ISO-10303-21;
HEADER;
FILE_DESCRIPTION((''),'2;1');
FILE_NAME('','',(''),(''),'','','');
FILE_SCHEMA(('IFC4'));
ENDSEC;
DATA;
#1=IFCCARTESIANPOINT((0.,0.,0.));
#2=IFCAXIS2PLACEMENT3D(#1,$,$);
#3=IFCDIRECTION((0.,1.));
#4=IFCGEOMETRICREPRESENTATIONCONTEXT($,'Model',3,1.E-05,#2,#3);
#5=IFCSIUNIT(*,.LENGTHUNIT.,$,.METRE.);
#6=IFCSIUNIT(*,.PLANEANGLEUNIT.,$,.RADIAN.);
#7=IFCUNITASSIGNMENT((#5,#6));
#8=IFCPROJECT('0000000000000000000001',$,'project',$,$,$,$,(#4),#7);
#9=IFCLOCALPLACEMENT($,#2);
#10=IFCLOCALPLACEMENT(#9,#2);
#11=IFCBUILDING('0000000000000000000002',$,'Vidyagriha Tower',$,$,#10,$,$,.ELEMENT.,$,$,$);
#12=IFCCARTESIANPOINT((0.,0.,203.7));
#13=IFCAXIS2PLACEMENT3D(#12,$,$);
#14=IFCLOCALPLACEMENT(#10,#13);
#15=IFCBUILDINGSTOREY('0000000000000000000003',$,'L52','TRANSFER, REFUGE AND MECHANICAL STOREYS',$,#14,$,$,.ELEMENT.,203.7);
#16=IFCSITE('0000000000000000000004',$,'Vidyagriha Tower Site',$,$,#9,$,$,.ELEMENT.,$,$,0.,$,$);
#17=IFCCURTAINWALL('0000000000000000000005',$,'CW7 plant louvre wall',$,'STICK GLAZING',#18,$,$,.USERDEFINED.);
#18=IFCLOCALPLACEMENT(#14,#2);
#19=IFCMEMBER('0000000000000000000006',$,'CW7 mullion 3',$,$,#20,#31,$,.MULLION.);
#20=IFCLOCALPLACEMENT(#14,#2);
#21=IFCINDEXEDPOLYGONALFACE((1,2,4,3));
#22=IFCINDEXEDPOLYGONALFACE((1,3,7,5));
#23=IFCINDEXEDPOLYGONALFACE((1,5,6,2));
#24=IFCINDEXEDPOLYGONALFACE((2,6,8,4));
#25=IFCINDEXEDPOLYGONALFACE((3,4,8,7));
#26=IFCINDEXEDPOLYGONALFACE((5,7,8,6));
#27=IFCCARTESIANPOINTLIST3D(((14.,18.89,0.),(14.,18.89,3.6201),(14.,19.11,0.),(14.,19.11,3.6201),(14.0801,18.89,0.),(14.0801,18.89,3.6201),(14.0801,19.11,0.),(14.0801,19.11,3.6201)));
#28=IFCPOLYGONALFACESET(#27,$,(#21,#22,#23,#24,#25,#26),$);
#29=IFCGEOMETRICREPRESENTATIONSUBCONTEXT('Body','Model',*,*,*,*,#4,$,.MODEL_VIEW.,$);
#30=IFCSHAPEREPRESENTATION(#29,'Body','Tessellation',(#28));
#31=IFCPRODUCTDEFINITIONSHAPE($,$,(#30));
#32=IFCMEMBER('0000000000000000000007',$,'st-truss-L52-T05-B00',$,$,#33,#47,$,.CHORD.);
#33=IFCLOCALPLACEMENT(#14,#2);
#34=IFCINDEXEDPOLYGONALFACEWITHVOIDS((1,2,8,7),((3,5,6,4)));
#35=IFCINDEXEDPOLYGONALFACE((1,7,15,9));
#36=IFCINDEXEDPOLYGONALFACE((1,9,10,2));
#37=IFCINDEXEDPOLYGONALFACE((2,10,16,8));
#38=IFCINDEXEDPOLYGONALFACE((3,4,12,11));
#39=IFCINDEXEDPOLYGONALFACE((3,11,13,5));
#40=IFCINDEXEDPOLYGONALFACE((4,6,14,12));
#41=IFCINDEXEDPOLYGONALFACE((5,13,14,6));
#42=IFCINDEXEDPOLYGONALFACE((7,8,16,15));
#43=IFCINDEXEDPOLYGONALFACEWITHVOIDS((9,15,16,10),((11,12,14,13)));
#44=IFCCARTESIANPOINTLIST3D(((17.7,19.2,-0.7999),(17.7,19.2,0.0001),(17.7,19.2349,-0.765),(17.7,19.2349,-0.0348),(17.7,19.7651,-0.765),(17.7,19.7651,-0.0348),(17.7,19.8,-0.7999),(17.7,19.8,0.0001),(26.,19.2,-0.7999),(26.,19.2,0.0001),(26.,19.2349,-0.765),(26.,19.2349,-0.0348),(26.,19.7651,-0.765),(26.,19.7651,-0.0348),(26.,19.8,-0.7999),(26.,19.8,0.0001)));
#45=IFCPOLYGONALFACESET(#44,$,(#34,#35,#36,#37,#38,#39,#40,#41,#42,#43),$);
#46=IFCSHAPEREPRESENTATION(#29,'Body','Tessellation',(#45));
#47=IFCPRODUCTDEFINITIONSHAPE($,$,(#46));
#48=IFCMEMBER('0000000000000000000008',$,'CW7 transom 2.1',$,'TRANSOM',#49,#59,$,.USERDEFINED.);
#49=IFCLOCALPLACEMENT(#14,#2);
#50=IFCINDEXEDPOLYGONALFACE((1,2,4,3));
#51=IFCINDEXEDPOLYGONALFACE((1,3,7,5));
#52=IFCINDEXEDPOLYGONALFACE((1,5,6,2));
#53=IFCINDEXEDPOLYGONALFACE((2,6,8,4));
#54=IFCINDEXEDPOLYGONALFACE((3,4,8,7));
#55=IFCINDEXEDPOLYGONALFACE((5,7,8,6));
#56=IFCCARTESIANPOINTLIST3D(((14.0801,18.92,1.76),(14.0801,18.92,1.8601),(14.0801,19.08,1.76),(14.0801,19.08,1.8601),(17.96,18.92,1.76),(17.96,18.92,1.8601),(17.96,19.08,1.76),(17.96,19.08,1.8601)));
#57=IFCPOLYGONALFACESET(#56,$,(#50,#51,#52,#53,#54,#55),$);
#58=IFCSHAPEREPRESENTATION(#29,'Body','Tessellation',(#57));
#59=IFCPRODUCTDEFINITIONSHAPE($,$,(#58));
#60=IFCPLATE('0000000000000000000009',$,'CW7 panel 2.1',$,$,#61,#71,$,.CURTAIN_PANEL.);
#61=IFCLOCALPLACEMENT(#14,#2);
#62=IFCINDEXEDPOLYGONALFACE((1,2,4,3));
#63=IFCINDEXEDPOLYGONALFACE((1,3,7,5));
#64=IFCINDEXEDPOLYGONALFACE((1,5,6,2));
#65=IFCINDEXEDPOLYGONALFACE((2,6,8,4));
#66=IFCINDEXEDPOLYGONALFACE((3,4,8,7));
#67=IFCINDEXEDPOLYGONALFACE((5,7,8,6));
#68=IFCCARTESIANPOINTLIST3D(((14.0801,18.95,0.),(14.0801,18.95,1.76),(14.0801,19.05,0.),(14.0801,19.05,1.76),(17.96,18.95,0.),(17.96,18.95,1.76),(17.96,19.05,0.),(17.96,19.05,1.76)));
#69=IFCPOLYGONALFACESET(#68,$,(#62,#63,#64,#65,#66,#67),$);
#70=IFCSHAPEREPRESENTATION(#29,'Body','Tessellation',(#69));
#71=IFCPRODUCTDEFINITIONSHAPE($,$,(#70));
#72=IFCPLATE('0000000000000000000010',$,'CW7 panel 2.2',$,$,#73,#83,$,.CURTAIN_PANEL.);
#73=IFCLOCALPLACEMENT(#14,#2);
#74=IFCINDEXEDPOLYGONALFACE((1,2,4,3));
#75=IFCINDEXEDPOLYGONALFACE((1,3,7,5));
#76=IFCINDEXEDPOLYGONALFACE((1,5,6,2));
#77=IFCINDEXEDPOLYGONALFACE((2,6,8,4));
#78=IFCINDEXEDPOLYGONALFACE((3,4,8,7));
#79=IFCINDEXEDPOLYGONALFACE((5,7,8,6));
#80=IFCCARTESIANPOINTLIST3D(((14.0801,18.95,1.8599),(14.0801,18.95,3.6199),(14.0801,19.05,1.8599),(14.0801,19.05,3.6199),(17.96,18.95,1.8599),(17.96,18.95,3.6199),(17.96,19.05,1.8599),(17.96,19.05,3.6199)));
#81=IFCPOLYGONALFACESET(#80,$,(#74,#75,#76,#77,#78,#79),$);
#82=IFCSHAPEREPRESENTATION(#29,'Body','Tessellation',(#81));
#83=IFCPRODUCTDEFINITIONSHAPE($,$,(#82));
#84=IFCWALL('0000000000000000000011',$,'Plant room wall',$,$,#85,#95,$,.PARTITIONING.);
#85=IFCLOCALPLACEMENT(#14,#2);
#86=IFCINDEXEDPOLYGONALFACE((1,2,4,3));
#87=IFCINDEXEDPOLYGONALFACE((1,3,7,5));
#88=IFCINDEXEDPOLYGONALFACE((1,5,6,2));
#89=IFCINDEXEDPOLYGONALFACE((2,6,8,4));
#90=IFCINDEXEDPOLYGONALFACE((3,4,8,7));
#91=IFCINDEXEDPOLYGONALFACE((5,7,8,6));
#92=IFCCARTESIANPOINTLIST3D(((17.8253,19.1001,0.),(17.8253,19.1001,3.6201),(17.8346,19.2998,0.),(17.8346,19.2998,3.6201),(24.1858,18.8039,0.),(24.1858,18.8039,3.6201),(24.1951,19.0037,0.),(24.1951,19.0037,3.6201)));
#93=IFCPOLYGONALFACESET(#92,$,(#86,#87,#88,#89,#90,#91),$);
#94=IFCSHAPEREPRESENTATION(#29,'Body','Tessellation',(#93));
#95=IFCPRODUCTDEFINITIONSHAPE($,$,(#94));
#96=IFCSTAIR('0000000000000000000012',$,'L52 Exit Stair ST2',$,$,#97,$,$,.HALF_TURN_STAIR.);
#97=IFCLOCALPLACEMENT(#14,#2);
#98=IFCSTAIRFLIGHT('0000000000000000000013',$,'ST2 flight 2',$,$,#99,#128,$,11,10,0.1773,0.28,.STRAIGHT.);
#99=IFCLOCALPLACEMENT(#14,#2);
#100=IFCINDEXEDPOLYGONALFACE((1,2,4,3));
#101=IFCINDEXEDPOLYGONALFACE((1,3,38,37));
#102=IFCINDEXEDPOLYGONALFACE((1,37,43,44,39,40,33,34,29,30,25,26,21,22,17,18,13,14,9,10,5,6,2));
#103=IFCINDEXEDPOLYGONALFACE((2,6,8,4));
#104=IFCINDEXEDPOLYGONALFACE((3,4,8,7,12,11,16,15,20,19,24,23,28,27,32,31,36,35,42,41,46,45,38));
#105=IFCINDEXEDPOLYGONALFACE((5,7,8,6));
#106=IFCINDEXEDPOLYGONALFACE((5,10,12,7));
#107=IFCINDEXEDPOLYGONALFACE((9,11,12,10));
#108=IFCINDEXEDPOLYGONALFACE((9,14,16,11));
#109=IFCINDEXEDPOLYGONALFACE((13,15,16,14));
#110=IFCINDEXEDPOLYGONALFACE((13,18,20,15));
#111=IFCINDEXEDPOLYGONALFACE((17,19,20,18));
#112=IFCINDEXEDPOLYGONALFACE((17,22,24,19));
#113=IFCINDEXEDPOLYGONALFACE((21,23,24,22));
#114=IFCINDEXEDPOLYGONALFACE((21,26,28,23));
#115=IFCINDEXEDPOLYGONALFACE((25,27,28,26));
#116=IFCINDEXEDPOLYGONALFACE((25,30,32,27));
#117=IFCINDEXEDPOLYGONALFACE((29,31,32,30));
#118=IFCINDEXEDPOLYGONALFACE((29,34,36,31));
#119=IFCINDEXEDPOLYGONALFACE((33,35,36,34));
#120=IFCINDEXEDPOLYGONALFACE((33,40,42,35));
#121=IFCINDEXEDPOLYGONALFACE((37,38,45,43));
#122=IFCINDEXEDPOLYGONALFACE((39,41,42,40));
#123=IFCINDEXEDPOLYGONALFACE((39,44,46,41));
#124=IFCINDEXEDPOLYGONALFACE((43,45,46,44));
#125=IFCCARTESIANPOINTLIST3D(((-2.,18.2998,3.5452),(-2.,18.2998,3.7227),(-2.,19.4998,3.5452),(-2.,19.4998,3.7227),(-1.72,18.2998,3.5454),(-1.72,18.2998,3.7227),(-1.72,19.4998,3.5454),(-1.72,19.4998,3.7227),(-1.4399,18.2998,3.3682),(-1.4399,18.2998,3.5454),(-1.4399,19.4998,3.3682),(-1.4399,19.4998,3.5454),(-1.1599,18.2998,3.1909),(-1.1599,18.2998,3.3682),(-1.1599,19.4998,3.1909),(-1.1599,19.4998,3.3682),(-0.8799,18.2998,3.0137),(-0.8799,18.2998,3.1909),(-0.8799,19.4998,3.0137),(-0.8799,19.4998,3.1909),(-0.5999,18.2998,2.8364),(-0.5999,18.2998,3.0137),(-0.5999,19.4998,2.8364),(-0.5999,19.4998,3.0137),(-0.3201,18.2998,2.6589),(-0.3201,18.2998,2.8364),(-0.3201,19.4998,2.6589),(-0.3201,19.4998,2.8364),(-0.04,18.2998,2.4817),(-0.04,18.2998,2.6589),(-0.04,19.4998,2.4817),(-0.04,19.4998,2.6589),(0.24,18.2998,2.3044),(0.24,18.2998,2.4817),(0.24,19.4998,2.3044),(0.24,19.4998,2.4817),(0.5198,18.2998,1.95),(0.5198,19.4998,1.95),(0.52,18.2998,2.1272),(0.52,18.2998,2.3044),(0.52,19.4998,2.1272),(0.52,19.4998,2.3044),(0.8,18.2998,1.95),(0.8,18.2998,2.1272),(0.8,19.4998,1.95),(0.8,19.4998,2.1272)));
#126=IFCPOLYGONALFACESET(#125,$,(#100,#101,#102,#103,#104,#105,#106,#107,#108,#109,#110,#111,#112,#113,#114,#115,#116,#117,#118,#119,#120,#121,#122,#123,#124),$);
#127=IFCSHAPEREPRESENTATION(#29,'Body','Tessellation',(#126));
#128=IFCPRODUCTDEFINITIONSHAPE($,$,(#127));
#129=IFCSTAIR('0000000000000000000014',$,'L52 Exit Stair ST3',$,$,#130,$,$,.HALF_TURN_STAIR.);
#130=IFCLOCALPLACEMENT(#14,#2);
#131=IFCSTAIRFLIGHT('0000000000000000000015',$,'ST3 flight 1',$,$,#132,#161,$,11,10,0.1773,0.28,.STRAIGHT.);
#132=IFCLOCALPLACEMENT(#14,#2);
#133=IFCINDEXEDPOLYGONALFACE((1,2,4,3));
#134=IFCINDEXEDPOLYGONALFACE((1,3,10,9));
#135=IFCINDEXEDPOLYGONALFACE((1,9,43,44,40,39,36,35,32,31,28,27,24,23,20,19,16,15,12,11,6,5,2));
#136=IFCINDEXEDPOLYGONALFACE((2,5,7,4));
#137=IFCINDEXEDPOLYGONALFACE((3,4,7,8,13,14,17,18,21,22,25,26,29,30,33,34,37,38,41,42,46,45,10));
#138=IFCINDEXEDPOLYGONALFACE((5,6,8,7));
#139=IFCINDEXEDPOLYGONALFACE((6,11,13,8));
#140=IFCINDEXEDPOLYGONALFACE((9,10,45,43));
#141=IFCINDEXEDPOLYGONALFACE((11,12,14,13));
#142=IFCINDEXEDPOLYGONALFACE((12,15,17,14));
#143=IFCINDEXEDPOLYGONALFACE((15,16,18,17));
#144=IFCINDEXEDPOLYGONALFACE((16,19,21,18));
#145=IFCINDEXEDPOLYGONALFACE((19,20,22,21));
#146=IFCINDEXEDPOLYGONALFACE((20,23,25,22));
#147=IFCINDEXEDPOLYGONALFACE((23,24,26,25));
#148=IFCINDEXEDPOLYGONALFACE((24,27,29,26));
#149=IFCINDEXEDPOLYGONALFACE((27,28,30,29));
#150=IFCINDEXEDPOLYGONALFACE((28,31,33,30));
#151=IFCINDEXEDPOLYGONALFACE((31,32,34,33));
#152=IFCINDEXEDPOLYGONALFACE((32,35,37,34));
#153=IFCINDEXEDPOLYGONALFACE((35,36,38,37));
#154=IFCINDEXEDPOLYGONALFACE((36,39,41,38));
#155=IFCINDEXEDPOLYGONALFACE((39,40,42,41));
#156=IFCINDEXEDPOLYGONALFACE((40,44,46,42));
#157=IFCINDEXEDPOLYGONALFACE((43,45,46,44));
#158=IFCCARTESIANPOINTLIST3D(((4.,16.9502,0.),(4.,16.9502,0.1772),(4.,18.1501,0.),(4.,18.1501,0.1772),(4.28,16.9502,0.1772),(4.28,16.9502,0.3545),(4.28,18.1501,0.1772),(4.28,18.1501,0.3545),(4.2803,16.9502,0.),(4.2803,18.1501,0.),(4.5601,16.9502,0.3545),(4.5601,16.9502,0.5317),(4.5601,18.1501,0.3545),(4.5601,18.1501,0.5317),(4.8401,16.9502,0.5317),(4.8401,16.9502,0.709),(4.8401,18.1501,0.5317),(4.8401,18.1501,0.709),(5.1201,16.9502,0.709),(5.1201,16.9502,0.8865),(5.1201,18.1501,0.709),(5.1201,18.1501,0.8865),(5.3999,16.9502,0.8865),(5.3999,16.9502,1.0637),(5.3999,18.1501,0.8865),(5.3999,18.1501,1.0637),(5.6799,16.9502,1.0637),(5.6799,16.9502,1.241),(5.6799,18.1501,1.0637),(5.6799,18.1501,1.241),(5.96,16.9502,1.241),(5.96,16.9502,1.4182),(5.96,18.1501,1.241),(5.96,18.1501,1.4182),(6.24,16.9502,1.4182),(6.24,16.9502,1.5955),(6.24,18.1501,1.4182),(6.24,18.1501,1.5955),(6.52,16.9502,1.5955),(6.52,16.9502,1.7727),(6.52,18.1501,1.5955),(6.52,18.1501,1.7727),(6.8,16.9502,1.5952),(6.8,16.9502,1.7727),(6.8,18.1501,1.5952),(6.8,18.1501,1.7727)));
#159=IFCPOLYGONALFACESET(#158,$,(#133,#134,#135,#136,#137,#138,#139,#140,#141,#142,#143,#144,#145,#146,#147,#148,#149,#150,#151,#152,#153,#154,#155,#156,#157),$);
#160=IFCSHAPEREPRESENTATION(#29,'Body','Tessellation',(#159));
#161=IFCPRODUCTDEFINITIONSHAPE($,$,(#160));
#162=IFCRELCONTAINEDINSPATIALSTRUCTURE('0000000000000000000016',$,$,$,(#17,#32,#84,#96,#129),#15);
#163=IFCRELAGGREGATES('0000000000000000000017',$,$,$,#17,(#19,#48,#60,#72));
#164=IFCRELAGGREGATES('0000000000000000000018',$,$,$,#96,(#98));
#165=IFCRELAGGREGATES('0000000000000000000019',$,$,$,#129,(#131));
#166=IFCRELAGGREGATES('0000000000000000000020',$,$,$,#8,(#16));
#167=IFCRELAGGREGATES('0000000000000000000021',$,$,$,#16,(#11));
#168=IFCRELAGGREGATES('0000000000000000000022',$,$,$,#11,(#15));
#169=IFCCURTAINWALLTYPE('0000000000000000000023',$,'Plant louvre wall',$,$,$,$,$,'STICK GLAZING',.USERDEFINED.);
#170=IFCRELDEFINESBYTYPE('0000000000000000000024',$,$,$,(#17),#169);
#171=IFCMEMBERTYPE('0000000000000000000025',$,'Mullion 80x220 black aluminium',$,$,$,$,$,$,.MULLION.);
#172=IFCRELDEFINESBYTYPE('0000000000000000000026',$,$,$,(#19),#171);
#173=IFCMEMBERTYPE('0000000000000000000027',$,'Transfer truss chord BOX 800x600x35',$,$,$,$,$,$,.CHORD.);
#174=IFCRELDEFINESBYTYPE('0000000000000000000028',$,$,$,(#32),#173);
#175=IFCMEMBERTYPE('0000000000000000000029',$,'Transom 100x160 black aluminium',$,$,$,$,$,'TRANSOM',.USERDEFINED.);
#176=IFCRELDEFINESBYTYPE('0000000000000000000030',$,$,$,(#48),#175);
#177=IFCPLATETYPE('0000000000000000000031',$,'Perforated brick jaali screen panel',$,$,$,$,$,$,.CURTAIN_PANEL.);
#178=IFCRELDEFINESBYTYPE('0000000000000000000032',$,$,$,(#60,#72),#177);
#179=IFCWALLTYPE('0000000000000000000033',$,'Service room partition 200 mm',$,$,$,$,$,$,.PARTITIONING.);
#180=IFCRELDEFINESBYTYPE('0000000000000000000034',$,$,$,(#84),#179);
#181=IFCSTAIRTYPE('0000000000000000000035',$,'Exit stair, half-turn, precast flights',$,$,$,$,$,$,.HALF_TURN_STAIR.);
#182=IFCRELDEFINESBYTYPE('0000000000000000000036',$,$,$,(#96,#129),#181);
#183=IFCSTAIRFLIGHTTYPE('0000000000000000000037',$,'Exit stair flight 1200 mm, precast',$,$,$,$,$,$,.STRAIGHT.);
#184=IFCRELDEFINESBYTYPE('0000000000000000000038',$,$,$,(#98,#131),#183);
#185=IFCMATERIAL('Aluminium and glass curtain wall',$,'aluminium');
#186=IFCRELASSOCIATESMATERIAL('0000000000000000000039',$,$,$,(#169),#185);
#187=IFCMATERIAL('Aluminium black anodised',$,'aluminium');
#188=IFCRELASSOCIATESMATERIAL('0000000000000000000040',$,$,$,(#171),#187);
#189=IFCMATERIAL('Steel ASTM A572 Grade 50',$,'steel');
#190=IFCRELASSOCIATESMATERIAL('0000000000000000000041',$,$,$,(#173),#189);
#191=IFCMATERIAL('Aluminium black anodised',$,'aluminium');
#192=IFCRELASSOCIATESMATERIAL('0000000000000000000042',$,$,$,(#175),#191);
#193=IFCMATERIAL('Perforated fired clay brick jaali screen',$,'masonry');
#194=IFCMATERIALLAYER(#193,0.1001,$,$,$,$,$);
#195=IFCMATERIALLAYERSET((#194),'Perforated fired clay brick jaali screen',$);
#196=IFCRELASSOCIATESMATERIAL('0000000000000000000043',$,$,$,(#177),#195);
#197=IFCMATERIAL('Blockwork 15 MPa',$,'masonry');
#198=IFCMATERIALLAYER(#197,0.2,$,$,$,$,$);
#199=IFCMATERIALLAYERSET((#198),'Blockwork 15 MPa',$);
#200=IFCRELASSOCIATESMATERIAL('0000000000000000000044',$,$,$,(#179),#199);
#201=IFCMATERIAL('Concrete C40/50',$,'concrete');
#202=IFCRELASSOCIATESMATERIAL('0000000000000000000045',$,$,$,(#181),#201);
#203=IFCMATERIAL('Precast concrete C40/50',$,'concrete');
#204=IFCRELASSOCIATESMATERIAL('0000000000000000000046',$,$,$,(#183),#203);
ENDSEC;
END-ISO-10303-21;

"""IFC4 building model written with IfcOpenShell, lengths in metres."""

from ifc_helpers import new_model, si_unit, direction, frame, frame_2d, origin, origin_2d, place, context, subcontext, project, spatial, polyline, rectangle, hollow_rectangle, outline, extrude, material, layer, layer_set, material_profile, profile_set, type_object, element, aggregate, save


model = new_model("IFC4")

# Units and contexts
model_context = context("Model", 3, precision=1e-05, world=origin(), true_north=direction((0.0, 1.0)))
body_context = subcontext(model_context, "Body", "Model", "MODEL_VIEW")
ifc_project = project(units=[si_unit("LENGTHUNIT", "METRE"), si_unit("PLANEANGLEUNIT", "RADIAN")], contexts=[model_context])

# Site, building, storey
site_placement = place(None, origin())
site = spatial("IfcSite", under=ifc_project, at=site_placement, Name="Vidyagriha Tower Site", CompositionType="ELEMENT", RefElevation=0.0)
building_placement = place(site_placement, origin())
building = spatial("IfcBuilding", under=site, at=building_placement, Name="Vidyagriha Tower", CompositionType="ELEMENT")
storey_placement = place(building_placement, frame((0.0, 0.0, 203.7)))
storey = spatial("IfcBuildingStorey", under=building, at=storey_placement, Name="L52", Description="TRANSFER, REFUGE AND MECHANICAL STOREYS", CompositionType="ELEMENT", Elevation=203.7)

# Curtain wall, member
ifc_material_1 = material(Name="Aluminium and glass curtain wall", Category="aluminium")
curtain_wall_type = type_object("IfcCurtainWallType", Name="Plant louvre wall", ElementType="STICK GLAZING", PredefinedType="USERDEFINED", material=ifc_material_1)
curtain_wall_placement = place(storey_placement, origin())
curtain_wall = element("IfcCurtainWall", 1, at=curtain_wall_placement, inside=storey, type_object=curtain_wall_type, Name="CW7 plant louvre wall", ObjectType="STICK GLAZING", PredefinedType="USERDEFINED")
ifc_material_2 = material(Name="Aluminium black anodised", Category="aluminium")
ifc_material_profile_1 = material_profile(ifc_material_2, rectangle(XDim=0.22, YDim=0.0801, at=origin_2d()), Name="Mullion 80x220 black aluminium")
ifc_profile_set_1 = profile_set([ifc_material_profile_1], Name="Aluminium black anodised")
member_type_1 = type_object("IfcMemberType", Name="Mullion 80x220 black aluminium", PredefinedType="MULLION", material=ifc_profile_set_1)
member_1_placement = place(storey_placement, frame((14.04, 19.0, 0.0), z_axis=(0.0, 0.0, 1.0), x_axis=(0.0, -1.0, 0.0)))
member_1 = element("IfcMember", 2, at=member_1_placement, type_object=member_type_1, Name="CW7 mullion 3", PredefinedType="MULLION", context=body_context, shape_type="SweptSolid", body=[
    extrude(rectangle(XDim=0.22, YDim=0.0801, at=origin_2d()), origin(), (0.0, 0.0, 1.0), 3.6201),
])

# Members
ifc_material_3 = material(Name="Steel ASTM A572 Grade 50", Category="steel")
ifc_material_profile_2 = material_profile(ifc_material_3, hollow_rectangle(XDim=0.6001, YDim=0.8, WallThickness=0.0349, at=origin_2d()), Name="BOX 800x600x35")
ifc_profile_set_2 = profile_set([ifc_material_profile_2], Name="Steel ASTM A572 Grade 50")
member_type_2 = type_object("IfcMemberType", Name="Transfer truss chord BOX 800x600x35", PredefinedType="CHORD", material=ifc_profile_set_2)
member_2_placement = place(storey_placement, frame((17.7, 19.5, -0.3999), z_axis=(1.0, 0.0, 0.0), x_axis=(0.0, 1.0, 0.0)))
element("IfcMember", 3, at=member_2_placement, inside=storey, type_object=member_type_2, Name="st-truss-L52-T05-B00", PredefinedType="CHORD", context=body_context, shape_type="SweptSolid", body=[
    extrude(hollow_rectangle(XDim=0.6001, YDim=0.8, WallThickness=0.0349, at=origin_2d()), origin(), (0.0, 0.0, 1.0), 8.3),
])
ifc_material_4 = material(Name="Aluminium black anodised", Category="aluminium")
ifc_material_profile_3 = material_profile(ifc_material_4, rectangle(XDim=0.1599, YDim=0.1001, at=origin_2d()), Name="Transom 100x160 black aluminium")
ifc_profile_set_3 = profile_set([ifc_material_profile_3], Name="Aluminium black anodised")
member_type_3 = type_object("IfcMemberType", Name="Transom 100x160 black aluminium", ElementType="TRANSOM", PredefinedType="USERDEFINED", material=ifc_profile_set_3)
member_3_placement = place(storey_placement, frame((17.96, 19.0, 1.8101), z_axis=(-1.0, 0.0, 0.0), x_axis=(0.0, -1.0, 0.0)))
member_3 = element("IfcMember", 4, at=member_3_placement, type_object=member_type_3, Name="CW7 transom 2.1", ObjectType="TRANSOM", PredefinedType="USERDEFINED", context=body_context, shape_type="SweptSolid", body=[
    extrude(rectangle(XDim=0.1599, YDim=0.1001, at=origin_2d()), origin(), (0.0, 0.0, 1.0), 3.8799),
])

# Plates
ifc_material_5 = material(Name="Perforated fired clay brick jaali screen", Category="masonry")
ifc_layer_1 = layer(ifc_material_5, 0.1001)
ifc_layer_set_1 = layer_set([ifc_layer_1], Name="Perforated fired clay brick jaali screen")
plate_type = type_object("IfcPlateType", Name="Perforated brick jaali screen panel", PredefinedType="CURTAIN_PANEL", material=ifc_layer_set_1)
plate_1_placement = place(storey_placement, frame((16.02, 19.0, 0.0), z_axis=(0.0, 0.0, 1.0), x_axis=(-1.0, 0.0, 0.0)))
plate_1 = element("IfcPlate", 5, at=plate_1_placement, type_object=plate_type, Name="CW7 panel 2.1", PredefinedType="CURTAIN_PANEL", context=body_context, shape_type="SweptSolid", body=[
    extrude(rectangle(XDim=3.8799, YDim=0.1001, at=origin_2d()), origin(), (0.0, 0.0, 1.0), 1.76),
])
plate_2_placement = place(storey_placement, frame((16.02, 19.0, 1.8599), z_axis=(0.0, 0.0, 1.0), x_axis=(-1.0, 0.0, 0.0)))
plate_2 = element("IfcPlate", 6, at=plate_2_placement, type_object=plate_type, Name="CW7 panel 2.2", PredefinedType="CURTAIN_PANEL", context=body_context, shape_type="SweptSolid", body=[
    extrude(rectangle(XDim=3.8799, YDim=0.1001, at=origin_2d()), origin(), (0.0, 0.0, 1.0), 1.76),
])
aggregate(curtain_wall, [member_1, member_3, plate_1, plate_2])

# Wall
ifc_material_6 = material(Name="Blockwork 15 MPa", Category="masonry")
ifc_layer_2 = layer(ifc_material_6, 0.2)
ifc_layer_set_2 = layer_set([ifc_layer_2], Name="Blockwork 15 MPa")
wall_type = type_object("IfcWallType", Name="Service room partition 200 mm", PredefinedType="PARTITIONING", material=ifc_layer_set_2)
wall_placement = place(storey_placement, frame((17.8301, 19.2, 0.0), z_axis=(0.0, 0.0, 1.0), x_axis=(0.998918, -0.046509, 0.0)))
element("IfcWall", 7, at=wall_placement, inside=storey, type_object=wall_type, Name="Plant room wall", PredefinedType="PARTITIONING", context=body_context, shape_type="SweptSolid", body=[
    extrude(rectangle(XDim=6.3674, YDim=0.2, at=frame_2d((3.1836, 0.0))), origin(), (0.0, 0.0, 1.0), 3.6201),
])

# Stair, stair flight
ifc_material_7 = material(Name="Concrete C40/50", Category="concrete")
stair_type = type_object("IfcStairType", Name="Exit stair, half-turn, precast flights", PredefinedType="HALF_TURN_STAIR", material=ifc_material_7)
stair_1_placement = place(storey_placement, origin())
stair_1 = element("IfcStair", 8, at=stair_1_placement, inside=storey, type_object=stair_type, Name="L52 Exit Stair ST2", PredefinedType="HALF_TURN_STAIR")
ifc_material_8 = material(Name="Precast concrete C40/50", Category="concrete")
stair_flight_type = type_object("IfcStairFlightType", Name="Exit stair flight 1200 mm, precast", PredefinedType="STRAIGHT", material=ifc_material_8)
stair_flight_1_placement = place(storey_placement, frame((0.8, 18.8999, 1.95), z_axis=(0.0, 0.0, 1.0), x_axis=(-1.0, 0.0, 0.0)))
stair_flight_1 = element("IfcStairFlight", 9, at=stair_flight_1_placement, type_object=stair_flight_type, Name="ST2 flight 2", NumberOfRisers=11, NumberOfTreads=10, PredefinedType="STRAIGHT", RiserHeight=0.1773, TreadLength=0.28, context=body_context, shape_type="SweptSolid", body=[
    extrude(outline(polyline([(0.0, 0.0), (0.0, 0.1772), (0.28, 0.1772), (0.28, 0.3545), (0.5601, 0.3545), (0.5601, 0.5317), (0.8401, 0.5317), (0.8401, 0.709), (1.1201, 0.709), (1.1201, 0.8865), (1.3999, 0.8865), (1.3999, 1.0637), (1.6799, 1.0637), (1.6799, 1.241), (1.96, 1.241), (1.96, 1.4182), (2.24, 1.4182), (2.24, 1.5955), (2.52, 1.5955), (2.52, 1.7727), (2.8, 1.7727), (2.8, 1.95), (2.8, 1.5952), (0.2803, 0.0), (0.0, 0.0)])), frame((0.0, 0.6001, 0.0), z_axis=(0.0, -1.0, 0.0), x_axis=(1.0, 0.0, 0.0)), (0.0, 0.0, 1.0), 1.2),
])
aggregate(stair_1, [stair_flight_1])

# Stair, stair flight
stair_2_placement = place(storey_placement, origin())
stair_2 = element("IfcStair", 10, at=stair_2_placement, inside=storey, type_object=stair_type, Name="L52 Exit Stair ST3", PredefinedType="HALF_TURN_STAIR")
stair_flight_2_placement = place(storey_placement, frame((4.0, 17.55, 0.0)))
stair_flight_2 = element("IfcStairFlight", 11, at=stair_flight_2_placement, type_object=stair_flight_type, Name="ST3 flight 1", NumberOfRisers=11, NumberOfTreads=10, PredefinedType="STRAIGHT", RiserHeight=0.1773, TreadLength=0.28, context=body_context, shape_type="SweptSolid", body=[
    extrude(outline(polyline([(0.0, 0.0), (0.0, 0.1772), (0.28, 0.1772), (0.28, 0.3545), (0.5601, 0.3545), (0.5601, 0.5317), (0.8401, 0.5317), (0.8401, 0.709), (1.1201, 0.709), (1.1201, 0.8865), (1.3999, 0.8865), (1.3999, 1.0637), (1.6799, 1.0637), (1.6799, 1.241), (1.96, 1.241), (1.96, 1.4182), (2.24, 1.4182), (2.24, 1.5955), (2.52, 1.5955), (2.52, 1.7727), (2.8, 1.7727), (2.8, 1.95), (2.8, 1.5952), (0.2803, 0.0), (0.0, 0.0)])), frame((0.0, 0.6001, 0.0), z_axis=(0.0, -1.0, 0.0), x_axis=(1.0, 0.0, 0.0)), (0.0, 0.0, 1.0), 1.2),
])
aggregate(stair_2, [stair_flight_2])

save(model, "model.ifc")
